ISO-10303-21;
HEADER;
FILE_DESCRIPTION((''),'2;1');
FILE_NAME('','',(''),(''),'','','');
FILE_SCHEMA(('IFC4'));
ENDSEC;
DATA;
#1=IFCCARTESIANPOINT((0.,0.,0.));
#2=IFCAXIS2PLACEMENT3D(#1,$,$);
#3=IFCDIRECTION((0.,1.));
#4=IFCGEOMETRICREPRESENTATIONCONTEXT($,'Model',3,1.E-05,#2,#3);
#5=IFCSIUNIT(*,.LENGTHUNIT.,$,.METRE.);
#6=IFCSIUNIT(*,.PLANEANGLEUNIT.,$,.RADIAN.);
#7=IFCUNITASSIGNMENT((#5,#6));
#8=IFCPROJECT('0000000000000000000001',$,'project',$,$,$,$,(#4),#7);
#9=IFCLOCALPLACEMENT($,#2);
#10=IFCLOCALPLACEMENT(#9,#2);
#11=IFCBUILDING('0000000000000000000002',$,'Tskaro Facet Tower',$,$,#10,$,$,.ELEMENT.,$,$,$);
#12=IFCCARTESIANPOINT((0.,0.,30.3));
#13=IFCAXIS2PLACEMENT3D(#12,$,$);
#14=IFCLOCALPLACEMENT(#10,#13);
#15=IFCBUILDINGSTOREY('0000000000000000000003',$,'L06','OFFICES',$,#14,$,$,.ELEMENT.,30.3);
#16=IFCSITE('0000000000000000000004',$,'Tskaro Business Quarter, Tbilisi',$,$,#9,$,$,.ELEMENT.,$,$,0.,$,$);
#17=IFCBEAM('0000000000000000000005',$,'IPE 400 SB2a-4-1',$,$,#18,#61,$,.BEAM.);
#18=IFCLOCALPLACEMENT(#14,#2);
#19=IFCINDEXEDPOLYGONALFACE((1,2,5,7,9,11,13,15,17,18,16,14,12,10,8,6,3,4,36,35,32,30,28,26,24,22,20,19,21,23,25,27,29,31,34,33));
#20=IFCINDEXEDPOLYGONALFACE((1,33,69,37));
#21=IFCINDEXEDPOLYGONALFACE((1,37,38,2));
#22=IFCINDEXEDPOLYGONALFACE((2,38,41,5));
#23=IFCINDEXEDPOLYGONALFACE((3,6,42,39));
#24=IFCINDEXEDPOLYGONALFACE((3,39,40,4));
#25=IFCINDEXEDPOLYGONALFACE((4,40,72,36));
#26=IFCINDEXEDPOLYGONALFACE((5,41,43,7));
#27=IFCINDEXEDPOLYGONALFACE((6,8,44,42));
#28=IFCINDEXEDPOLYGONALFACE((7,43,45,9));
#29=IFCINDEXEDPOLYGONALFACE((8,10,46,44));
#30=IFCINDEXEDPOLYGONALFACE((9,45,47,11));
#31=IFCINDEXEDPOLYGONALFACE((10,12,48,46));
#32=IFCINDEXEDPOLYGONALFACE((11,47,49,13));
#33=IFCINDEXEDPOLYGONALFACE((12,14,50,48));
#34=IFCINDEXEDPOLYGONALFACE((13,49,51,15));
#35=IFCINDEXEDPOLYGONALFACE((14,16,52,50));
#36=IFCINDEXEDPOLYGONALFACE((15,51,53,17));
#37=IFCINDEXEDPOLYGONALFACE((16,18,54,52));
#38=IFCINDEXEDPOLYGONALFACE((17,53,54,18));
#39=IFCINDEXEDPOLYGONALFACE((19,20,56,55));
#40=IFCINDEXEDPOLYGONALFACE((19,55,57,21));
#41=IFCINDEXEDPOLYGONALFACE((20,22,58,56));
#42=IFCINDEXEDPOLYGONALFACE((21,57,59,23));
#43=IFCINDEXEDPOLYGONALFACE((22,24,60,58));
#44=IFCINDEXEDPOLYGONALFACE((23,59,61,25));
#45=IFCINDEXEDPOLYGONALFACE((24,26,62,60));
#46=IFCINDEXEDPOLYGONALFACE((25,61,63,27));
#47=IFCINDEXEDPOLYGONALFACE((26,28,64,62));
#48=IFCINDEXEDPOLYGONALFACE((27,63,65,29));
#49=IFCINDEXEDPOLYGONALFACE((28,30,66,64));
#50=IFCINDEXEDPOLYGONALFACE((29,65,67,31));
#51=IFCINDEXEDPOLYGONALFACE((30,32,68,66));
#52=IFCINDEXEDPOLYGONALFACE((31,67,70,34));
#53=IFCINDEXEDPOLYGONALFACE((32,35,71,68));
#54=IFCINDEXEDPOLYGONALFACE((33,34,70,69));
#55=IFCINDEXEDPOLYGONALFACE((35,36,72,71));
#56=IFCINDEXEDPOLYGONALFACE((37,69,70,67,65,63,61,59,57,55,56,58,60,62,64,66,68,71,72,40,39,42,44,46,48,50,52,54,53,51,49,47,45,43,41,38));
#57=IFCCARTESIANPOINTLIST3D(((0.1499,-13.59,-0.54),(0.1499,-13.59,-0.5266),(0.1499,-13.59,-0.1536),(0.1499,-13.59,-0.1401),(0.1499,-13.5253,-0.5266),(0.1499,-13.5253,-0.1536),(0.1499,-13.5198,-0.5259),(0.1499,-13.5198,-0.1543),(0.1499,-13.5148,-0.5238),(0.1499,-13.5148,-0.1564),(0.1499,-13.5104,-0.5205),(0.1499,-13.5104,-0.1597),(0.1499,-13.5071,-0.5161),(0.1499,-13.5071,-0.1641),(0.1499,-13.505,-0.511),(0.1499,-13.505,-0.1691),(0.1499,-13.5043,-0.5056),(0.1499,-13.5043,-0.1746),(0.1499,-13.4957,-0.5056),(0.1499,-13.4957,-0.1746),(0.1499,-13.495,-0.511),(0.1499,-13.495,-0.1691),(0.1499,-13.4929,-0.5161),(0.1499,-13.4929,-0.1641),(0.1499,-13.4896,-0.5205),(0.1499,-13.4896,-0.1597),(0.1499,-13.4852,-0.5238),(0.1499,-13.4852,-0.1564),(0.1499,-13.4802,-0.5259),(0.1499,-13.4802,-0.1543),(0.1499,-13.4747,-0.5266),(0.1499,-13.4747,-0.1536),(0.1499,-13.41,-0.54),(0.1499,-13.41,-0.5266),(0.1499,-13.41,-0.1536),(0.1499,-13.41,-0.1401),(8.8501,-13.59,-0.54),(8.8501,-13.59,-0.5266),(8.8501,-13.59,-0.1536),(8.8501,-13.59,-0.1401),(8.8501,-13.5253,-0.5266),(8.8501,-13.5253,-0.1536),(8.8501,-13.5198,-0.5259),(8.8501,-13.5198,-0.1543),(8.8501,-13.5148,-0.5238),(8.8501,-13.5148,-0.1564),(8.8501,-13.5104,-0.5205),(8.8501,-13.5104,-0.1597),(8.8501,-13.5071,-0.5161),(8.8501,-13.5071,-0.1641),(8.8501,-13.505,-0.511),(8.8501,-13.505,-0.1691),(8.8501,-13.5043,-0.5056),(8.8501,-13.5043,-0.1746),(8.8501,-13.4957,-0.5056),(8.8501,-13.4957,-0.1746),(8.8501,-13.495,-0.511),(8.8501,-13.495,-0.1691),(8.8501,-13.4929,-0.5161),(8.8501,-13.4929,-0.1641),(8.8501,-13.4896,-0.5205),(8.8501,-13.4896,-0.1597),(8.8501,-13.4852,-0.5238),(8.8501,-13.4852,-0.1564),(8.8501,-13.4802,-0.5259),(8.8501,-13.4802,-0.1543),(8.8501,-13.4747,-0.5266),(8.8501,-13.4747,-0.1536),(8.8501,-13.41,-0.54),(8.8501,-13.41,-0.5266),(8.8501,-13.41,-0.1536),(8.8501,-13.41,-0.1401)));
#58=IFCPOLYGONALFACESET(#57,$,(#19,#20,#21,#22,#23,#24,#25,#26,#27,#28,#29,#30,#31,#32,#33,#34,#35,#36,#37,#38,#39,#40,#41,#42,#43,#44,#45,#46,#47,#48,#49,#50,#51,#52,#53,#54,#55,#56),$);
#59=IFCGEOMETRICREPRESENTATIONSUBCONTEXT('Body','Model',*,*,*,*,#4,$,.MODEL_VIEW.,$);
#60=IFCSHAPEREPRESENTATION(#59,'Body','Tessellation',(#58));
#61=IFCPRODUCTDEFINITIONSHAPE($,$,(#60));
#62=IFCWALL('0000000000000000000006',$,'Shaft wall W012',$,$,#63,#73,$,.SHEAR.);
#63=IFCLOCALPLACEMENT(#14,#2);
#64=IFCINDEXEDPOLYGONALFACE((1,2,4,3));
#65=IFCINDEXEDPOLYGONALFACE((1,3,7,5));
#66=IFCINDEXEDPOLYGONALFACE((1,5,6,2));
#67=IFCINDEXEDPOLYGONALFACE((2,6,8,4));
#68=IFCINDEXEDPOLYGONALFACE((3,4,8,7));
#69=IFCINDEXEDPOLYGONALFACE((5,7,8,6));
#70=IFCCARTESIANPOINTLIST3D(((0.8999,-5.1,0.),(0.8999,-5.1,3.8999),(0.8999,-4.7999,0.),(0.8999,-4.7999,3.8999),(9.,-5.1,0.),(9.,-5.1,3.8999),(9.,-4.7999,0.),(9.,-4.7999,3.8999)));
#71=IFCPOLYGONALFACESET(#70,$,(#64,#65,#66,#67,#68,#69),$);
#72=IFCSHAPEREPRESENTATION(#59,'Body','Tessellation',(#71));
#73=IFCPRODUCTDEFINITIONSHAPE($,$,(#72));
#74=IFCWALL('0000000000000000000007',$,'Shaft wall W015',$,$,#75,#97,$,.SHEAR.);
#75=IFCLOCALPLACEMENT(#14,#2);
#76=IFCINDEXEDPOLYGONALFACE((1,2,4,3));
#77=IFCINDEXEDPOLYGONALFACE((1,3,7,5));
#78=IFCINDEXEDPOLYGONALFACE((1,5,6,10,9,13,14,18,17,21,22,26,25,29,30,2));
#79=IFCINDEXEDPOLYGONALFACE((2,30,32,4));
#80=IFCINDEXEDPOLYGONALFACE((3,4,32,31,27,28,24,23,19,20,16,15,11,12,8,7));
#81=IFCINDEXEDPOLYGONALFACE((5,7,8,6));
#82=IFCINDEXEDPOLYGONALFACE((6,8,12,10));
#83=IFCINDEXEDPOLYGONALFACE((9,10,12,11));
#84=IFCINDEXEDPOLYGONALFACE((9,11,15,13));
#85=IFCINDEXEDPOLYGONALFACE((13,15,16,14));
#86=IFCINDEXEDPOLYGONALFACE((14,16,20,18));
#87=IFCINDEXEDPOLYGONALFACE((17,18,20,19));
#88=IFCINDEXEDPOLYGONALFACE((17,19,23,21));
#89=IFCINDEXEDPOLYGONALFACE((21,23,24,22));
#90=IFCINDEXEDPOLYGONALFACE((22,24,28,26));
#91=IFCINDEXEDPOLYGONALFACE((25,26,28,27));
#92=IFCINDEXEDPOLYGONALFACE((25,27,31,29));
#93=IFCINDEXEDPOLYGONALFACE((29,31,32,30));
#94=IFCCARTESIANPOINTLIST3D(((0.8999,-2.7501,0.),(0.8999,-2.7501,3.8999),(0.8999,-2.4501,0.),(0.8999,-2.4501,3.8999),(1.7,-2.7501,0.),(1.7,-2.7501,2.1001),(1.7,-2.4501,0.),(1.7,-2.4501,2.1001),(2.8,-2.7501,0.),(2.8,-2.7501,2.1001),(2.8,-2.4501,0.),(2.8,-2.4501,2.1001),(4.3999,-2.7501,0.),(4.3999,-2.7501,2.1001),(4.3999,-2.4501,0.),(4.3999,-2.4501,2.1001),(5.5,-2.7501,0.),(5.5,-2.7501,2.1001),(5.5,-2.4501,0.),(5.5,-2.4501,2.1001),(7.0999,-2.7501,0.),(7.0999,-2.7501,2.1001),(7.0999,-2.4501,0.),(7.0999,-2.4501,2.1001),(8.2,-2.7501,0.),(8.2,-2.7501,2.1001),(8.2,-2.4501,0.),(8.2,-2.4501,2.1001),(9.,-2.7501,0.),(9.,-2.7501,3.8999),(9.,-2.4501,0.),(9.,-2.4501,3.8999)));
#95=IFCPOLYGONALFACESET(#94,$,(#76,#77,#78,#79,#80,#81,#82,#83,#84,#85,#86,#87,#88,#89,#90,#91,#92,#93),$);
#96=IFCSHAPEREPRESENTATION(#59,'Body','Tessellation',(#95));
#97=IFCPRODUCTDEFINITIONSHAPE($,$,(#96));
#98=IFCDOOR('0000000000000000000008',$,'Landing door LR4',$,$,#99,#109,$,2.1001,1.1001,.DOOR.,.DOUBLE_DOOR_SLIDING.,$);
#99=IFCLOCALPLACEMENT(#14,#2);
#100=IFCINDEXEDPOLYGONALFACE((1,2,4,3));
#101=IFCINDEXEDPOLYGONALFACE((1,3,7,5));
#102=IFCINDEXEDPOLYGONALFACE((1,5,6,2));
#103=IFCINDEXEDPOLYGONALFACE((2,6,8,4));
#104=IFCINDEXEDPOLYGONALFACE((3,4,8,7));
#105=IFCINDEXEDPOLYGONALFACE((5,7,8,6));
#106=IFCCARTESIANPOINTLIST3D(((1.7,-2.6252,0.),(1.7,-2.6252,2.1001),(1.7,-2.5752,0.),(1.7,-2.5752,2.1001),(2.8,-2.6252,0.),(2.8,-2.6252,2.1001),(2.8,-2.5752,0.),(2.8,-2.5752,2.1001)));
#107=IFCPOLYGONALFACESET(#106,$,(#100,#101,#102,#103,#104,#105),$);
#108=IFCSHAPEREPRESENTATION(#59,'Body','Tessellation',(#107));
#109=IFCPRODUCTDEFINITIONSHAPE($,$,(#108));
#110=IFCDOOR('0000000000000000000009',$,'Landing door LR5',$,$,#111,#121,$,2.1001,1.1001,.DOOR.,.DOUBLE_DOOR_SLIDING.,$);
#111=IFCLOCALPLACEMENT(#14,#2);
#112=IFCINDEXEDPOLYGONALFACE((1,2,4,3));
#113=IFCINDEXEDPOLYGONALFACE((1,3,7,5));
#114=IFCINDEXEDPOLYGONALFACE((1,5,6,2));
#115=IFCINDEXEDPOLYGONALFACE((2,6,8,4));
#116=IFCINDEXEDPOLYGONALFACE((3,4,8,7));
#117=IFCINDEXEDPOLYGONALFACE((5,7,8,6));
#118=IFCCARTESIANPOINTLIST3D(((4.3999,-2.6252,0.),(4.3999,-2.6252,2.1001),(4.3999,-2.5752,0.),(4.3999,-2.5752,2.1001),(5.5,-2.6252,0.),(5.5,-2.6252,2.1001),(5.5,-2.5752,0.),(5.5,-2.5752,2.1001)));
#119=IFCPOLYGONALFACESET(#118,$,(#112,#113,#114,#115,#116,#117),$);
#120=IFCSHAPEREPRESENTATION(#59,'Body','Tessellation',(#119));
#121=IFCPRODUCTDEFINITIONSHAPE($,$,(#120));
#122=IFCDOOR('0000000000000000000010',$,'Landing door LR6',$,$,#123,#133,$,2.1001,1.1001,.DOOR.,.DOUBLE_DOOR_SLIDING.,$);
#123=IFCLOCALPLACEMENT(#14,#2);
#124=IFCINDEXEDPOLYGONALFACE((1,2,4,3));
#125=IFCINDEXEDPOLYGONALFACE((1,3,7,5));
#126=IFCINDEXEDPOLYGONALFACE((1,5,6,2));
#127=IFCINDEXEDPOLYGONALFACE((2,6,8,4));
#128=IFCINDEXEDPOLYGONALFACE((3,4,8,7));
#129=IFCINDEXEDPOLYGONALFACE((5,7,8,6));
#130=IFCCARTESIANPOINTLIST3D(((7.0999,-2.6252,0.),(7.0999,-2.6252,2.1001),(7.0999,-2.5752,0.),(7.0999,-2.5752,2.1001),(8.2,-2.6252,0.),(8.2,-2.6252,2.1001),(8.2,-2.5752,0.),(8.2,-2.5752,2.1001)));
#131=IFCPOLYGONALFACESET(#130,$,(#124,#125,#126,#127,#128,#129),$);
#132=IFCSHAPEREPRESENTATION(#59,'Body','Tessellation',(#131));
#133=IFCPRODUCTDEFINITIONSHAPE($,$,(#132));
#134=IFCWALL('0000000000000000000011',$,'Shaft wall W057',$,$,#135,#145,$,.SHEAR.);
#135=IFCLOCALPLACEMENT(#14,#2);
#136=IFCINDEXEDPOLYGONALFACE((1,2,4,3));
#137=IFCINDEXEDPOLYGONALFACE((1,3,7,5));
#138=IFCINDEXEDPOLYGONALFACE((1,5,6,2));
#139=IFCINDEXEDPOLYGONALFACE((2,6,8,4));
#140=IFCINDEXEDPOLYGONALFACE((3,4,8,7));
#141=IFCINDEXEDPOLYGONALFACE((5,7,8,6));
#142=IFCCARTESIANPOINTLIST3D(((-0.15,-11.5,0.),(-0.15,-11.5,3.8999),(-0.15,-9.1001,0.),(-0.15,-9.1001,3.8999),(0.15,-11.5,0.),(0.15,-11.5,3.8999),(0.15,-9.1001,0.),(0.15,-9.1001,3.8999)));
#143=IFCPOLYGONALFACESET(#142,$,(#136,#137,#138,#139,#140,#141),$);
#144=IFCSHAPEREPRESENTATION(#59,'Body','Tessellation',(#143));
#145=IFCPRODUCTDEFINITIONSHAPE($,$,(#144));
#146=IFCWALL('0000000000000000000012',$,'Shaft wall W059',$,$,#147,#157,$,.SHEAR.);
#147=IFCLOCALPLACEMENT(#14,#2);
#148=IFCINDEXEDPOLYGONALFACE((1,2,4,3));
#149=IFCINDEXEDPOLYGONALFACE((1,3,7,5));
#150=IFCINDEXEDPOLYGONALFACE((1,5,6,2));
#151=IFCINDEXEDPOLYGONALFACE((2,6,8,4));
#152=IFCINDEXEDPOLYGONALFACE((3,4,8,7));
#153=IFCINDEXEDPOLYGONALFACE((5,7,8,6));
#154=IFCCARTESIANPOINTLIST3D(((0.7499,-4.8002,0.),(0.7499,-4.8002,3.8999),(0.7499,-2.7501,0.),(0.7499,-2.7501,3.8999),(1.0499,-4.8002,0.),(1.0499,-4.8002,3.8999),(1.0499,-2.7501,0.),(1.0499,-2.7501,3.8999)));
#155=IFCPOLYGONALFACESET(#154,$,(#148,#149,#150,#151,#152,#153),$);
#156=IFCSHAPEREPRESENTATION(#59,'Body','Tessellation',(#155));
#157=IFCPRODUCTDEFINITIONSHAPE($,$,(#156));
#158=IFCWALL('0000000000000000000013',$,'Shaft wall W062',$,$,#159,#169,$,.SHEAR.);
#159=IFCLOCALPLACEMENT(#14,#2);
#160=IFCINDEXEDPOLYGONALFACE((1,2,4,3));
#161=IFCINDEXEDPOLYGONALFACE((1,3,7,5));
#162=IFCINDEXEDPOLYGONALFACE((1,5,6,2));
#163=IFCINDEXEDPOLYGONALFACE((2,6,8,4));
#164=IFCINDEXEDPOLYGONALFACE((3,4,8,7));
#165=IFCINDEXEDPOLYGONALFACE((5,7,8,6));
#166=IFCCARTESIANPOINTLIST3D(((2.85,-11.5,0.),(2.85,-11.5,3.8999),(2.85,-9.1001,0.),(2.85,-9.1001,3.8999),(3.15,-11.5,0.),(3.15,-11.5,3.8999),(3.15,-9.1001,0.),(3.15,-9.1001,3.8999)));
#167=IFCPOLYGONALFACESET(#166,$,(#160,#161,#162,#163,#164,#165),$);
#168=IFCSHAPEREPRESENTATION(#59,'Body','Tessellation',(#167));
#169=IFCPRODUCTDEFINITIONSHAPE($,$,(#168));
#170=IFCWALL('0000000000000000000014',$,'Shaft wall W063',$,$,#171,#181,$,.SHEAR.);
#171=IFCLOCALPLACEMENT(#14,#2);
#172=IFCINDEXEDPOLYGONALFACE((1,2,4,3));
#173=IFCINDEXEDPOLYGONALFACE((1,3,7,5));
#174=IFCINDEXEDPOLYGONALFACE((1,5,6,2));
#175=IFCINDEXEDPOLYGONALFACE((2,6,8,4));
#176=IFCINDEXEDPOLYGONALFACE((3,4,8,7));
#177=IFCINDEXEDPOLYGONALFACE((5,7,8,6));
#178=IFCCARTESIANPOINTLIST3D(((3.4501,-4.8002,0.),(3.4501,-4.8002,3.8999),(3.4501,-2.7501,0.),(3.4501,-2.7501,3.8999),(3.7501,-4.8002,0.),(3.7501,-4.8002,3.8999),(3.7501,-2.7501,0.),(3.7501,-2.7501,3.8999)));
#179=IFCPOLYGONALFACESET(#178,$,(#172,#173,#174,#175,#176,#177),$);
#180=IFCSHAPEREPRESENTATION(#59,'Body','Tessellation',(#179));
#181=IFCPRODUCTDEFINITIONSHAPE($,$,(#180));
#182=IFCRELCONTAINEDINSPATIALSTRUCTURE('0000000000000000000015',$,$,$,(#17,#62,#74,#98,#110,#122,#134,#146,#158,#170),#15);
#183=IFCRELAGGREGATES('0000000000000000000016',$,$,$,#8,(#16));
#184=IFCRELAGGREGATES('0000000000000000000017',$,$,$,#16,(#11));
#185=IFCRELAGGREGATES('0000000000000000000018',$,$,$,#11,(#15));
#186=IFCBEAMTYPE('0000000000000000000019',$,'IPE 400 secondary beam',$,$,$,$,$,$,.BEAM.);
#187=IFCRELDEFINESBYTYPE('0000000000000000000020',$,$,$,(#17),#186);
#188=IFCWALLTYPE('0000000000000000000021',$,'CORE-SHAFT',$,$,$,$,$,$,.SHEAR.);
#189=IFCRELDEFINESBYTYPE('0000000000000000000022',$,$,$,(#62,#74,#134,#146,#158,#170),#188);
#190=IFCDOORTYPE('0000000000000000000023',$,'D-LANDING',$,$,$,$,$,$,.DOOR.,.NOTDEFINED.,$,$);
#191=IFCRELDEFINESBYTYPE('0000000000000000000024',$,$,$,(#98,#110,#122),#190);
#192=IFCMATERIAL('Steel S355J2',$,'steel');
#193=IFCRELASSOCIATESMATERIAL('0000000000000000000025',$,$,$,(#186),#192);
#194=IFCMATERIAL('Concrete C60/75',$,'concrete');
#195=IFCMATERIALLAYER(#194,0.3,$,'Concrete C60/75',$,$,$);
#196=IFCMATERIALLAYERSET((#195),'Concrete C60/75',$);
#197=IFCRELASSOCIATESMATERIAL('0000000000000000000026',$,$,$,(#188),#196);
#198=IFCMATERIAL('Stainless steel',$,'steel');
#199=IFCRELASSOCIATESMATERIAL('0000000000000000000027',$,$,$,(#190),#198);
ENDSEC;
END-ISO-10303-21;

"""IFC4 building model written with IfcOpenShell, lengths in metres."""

from ifc_helpers import new_model, si_unit, direction, frame, frame_2d, origin, origin_2d, place, context, subcontext, project, spatial, rectangle, i_section, extrude, material, layer, layer_set, material_profile, profile_set, type_object, element, fill, save


model = new_model("IFC4")

# Units and contexts
model_context = context("Model", 3, precision=1e-05, world=origin(), true_north=direction((0.0, 1.0)))
body_context = subcontext(model_context, "Body", "Model", "MODEL_VIEW")
ifc_project = project(units=[si_unit("LENGTHUNIT", "METRE"), si_unit("PLANEANGLEUNIT", "RADIAN")], contexts=[model_context])

# Site, building, storey
site_placement = place(None, origin())
site = spatial("IfcSite", under=ifc_project, at=site_placement, Name="Tskaro Business Quarter, Tbilisi", CompositionType="ELEMENT", RefElevation=0.0)
building_placement = place(site_placement, origin())
building = spatial("IfcBuilding", under=site, at=building_placement, Name="Tskaro Facet Tower", CompositionType="ELEMENT")
storey_placement = place(building_placement, frame((0.0, 0.0, 30.3)))
storey = spatial("IfcBuildingStorey", under=building, at=storey_placement, Name="L06", Description="OFFICES", CompositionType="ELEMENT", Elevation=30.3)

# Beam
ifc_material_1 = material(Name="Steel S355J2", Category="steel")
ifc_material_profile = material_profile(ifc_material_1, i_section(OverallWidth=0.1799, OverallDepth=0.3999, WebThickness=0.0085, FlangeThickness=0.0134, FilletRadius=0.021, at=origin_2d()), Name="IPE 400")
ifc_profile_set = profile_set([ifc_material_profile], Name="Steel S355J2")
beam_type = type_object("IfcBeamType", Name="IPE 400 secondary beam", PredefinedType="BEAM", material=ifc_profile_set)
beam_placement = place(storey_placement, frame((0.1499, -13.5, -0.3401), z_axis=(1.0, 0.0, 0.0), x_axis=(0.0, 1.0, 0.0)))
element("IfcBeam", 1, at=beam_placement, inside=storey, type_object=beam_type, Name="IPE 400 SB2a-4-1", PredefinedType="BEAM", context=body_context, shape_type="SweptSolid", body=[
    extrude(i_section(OverallWidth=0.1799, OverallDepth=0.3999, WebThickness=0.0085, FlangeThickness=0.0134, FilletRadius=0.021, at=origin_2d()), origin(), (0.0, 0.0, 1.0), 8.7002),
])

# Wall
ifc_material_2 = material(Name="Concrete C60/75", Category="concrete")
ifc_layer_1 = layer(ifc_material_2, 0.3, Name="Concrete C60/75")
ifc_layer_set_1 = layer_set([ifc_layer_1], Name="Concrete C60/75")
wall_type_1 = type_object("IfcWallType", Name="CORE-SHAFT", PredefinedType="SHEAR", material=ifc_layer_set_1)
wall_1_placement = place(storey_placement, frame((0.8999, -4.95, 0.0), z_axis=(0.0, 0.0, 1.0), x_axis=(1.0, 0.0, 0.0)))
element("IfcWall", 2, at=wall_1_placement, inside=storey, type_object=wall_type_1, Name="Shaft wall W012", PredefinedType="SHEAR", context=body_context, shape_type="SweptSolid", body=[
    extrude(rectangle(XDim=8.1001, YDim=0.3, at=frame_2d((4.05, 0.0))), origin(), (0.0, 0.0, 1.0), 3.8999),
])

# Wall, openings, doors
wall_2_placement = place(storey_placement, frame((0.8999, -2.6001, 0.0), z_axis=(0.0, 0.0, 1.0), x_axis=(1.0, 0.0, 0.0)))
wall_2 = element("IfcWall", 3, at=wall_2_placement, inside=storey, type_object=wall_type_1, Name="Shaft wall W015", PredefinedType="SHEAR", context=body_context, shape_type="SweptSolid", body=[
    extrude(rectangle(XDim=8.1001, YDim=0.3, at=frame_2d((4.05, 0.0))), origin(), (0.0, 0.0, 1.0), 3.8999),
])
opening_1_placement = place(wall_2_placement, frame((0.8, 0.0, 0.0)))
opening_1 = element("IfcOpeningElement", 4, at=opening_1_placement, cuts=wall_2, PredefinedType="OPENING", context=body_context, shape_type="SweptSolid", body=[
    extrude(rectangle(XDim=1.1001, YDim=2.1001, at=frame_2d((0.55, 1.05))), frame((0.0, 0.1599, 0.0), z_axis=(0.0, -1.0, 0.0), x_axis=(1.0, 0.0, 0.0)), (0.0, 0.0, 1.0), 0.3201),
])
opening_2_placement = place(wall_2_placement, frame((3.5, 0.0, 0.0)))
opening_2 = element("IfcOpeningElement", 5, at=opening_2_placement, cuts=wall_2, PredefinedType="OPENING", context=body_context, shape_type="SweptSolid", body=[
    extrude(rectangle(XDim=1.1001, YDim=2.1001, at=frame_2d((0.55, 1.05))), frame((0.0, 0.1599, 0.0), z_axis=(0.0, -1.0, 0.0), x_axis=(1.0, 0.0, 0.0)), (0.0, 0.0, 1.0), 0.3201),
])
opening_3_placement = place(wall_2_placement, frame((6.2, 0.0, 0.0)))
opening_3 = element("IfcOpeningElement", 6, at=opening_3_placement, cuts=wall_2, PredefinedType="OPENING", context=body_context, shape_type="SweptSolid", body=[
    extrude(rectangle(XDim=1.1001, YDim=2.1001, at=frame_2d((0.55, 1.05))), frame((0.0, 0.1599, 0.0), z_axis=(0.0, -1.0, 0.0), x_axis=(1.0, 0.0, 0.0)), (0.0, 0.0, 1.0), 0.3201),
])
ifc_material_3 = material(Name="Stainless steel", Category="steel")
door_type_1 = type_object("IfcDoorType", Name="D-LANDING", OperationType="NOTDEFINED", PredefinedType="DOOR", material=ifc_material_3)
door_1_placement = place(opening_1_placement, origin())
door_1 = element("IfcDoor", 7, at=door_1_placement, inside=storey, type_object=door_type_1, Name="Landing door LR4", OperationType="DOUBLE_DOOR_SLIDING", OverallHeight=2.1001, OverallWidth=1.1001, PredefinedType="DOOR", context=body_context, shape_type="SweptSolid", body=[
    extrude(rectangle(XDim=1.1001, YDim=2.1001, at=frame_2d((0.55, 1.05))), frame((0.0, 0.0249, 0.0), z_axis=(0.0, -1.0, 0.0), x_axis=(1.0, 0.0, 0.0)), (0.0, 0.0, 1.0), 0.05),
])
fill(opening_1, door_1)
door_2_placement = place(opening_2_placement, origin())
door_2 = element("IfcDoor", 8, at=door_2_placement, inside=storey, type_object=door_type_1, Name="Landing door LR5", OperationType="DOUBLE_DOOR_SLIDING", OverallHeight=2.1001, OverallWidth=1.1001, PredefinedType="DOOR", context=body_context, shape_type="SweptSolid", body=[
    extrude(rectangle(XDim=1.1001, YDim=2.1001, at=frame_2d((0.55, 1.05))), frame((0.0, 0.0249, 0.0), z_axis=(0.0, -1.0, 0.0), x_axis=(1.0, 0.0, 0.0)), (0.0, 0.0, 1.0), 0.05),
])
fill(opening_2, door_2)
door_3_placement = place(opening_3_placement, origin())
door_3 = element("IfcDoor", 9, at=door_3_placement, inside=storey, type_object=door_type_1, Name="Landing door LR6", OperationType="DOUBLE_DOOR_SLIDING", OverallHeight=2.1001, OverallWidth=1.1001, PredefinedType="DOOR", context=body_context, shape_type="SweptSolid", body=[
    extrude(rectangle(XDim=1.1001, YDim=2.1001, at=frame_2d((0.55, 1.05))), frame((0.0, 0.0249, 0.0), z_axis=(0.0, -1.0, 0.0), x_axis=(1.0, 0.0, 0.0)), (0.0, 0.0, 1.0), 0.05),
])
fill(opening_3, door_3)

# Walls
wall_3_placement = place(storey_placement, frame((0.0, -11.5, 0.0), z_axis=(0.0, 0.0, 1.0), x_axis=(0.0, 1.0, 0.0)))
element("IfcWall", 10, at=wall_3_placement, inside=storey, type_object=wall_type_1, Name="Shaft wall W057", PredefinedType="SHEAR", context=body_context, shape_type="SweptSolid", body=[
    extrude(rectangle(XDim=2.3999, YDim=0.3, at=frame_2d((1.2, 0.0))), origin(), (0.0, 0.0, 1.0), 3.8999),
])
wall_4_placement = place(storey_placement, frame((0.8999, -4.8, 0.0), z_axis=(0.0, 0.0, 1.0), x_axis=(0.0, 1.0, 0.0)))
element("IfcWall", 11, at=wall_4_placement, inside=storey, type_object=wall_type_1, Name="Shaft wall W059", PredefinedType="SHEAR", context=body_context, shape_type="SweptSolid", body=[
    extrude(rectangle(XDim=2.05, YDim=0.3, at=frame_2d((1.0249, 0.0))), origin(), (0.0, 0.0, 1.0), 3.8999),
])
wall_5_placement = place(storey_placement, frame((3.0, -11.5, 0.0), z_axis=(0.0, 0.0, 1.0), x_axis=(0.0, 1.0, 0.0)))
element("IfcWall", 12, at=wall_5_placement, inside=storey, type_object=wall_type_1, Name="Shaft wall W062", PredefinedType="SHEAR", context=body_context, shape_type="SweptSolid", body=[
    extrude(rectangle(XDim=2.3999, YDim=0.3, at=frame_2d((1.2, 0.0))), origin(), (0.0, 0.0, 1.0), 3.8999),
])
wall_6_placement = place(storey_placement, frame((3.6001, -4.8, 0.0), z_axis=(0.0, 0.0, 1.0), x_axis=(0.0, 1.0, 0.0)))
element("IfcWall", 13, at=wall_6_placement, inside=storey, type_object=wall_type_1, Name="Shaft wall W063", PredefinedType="SHEAR", context=body_context, shape_type="SweptSolid", body=[
    extrude(rectangle(XDim=2.05, YDim=0.3, at=frame_2d((1.0249, 0.0))), origin(), (0.0, 0.0, 1.0), 3.8999),
])

save(model, "model.ifc")
